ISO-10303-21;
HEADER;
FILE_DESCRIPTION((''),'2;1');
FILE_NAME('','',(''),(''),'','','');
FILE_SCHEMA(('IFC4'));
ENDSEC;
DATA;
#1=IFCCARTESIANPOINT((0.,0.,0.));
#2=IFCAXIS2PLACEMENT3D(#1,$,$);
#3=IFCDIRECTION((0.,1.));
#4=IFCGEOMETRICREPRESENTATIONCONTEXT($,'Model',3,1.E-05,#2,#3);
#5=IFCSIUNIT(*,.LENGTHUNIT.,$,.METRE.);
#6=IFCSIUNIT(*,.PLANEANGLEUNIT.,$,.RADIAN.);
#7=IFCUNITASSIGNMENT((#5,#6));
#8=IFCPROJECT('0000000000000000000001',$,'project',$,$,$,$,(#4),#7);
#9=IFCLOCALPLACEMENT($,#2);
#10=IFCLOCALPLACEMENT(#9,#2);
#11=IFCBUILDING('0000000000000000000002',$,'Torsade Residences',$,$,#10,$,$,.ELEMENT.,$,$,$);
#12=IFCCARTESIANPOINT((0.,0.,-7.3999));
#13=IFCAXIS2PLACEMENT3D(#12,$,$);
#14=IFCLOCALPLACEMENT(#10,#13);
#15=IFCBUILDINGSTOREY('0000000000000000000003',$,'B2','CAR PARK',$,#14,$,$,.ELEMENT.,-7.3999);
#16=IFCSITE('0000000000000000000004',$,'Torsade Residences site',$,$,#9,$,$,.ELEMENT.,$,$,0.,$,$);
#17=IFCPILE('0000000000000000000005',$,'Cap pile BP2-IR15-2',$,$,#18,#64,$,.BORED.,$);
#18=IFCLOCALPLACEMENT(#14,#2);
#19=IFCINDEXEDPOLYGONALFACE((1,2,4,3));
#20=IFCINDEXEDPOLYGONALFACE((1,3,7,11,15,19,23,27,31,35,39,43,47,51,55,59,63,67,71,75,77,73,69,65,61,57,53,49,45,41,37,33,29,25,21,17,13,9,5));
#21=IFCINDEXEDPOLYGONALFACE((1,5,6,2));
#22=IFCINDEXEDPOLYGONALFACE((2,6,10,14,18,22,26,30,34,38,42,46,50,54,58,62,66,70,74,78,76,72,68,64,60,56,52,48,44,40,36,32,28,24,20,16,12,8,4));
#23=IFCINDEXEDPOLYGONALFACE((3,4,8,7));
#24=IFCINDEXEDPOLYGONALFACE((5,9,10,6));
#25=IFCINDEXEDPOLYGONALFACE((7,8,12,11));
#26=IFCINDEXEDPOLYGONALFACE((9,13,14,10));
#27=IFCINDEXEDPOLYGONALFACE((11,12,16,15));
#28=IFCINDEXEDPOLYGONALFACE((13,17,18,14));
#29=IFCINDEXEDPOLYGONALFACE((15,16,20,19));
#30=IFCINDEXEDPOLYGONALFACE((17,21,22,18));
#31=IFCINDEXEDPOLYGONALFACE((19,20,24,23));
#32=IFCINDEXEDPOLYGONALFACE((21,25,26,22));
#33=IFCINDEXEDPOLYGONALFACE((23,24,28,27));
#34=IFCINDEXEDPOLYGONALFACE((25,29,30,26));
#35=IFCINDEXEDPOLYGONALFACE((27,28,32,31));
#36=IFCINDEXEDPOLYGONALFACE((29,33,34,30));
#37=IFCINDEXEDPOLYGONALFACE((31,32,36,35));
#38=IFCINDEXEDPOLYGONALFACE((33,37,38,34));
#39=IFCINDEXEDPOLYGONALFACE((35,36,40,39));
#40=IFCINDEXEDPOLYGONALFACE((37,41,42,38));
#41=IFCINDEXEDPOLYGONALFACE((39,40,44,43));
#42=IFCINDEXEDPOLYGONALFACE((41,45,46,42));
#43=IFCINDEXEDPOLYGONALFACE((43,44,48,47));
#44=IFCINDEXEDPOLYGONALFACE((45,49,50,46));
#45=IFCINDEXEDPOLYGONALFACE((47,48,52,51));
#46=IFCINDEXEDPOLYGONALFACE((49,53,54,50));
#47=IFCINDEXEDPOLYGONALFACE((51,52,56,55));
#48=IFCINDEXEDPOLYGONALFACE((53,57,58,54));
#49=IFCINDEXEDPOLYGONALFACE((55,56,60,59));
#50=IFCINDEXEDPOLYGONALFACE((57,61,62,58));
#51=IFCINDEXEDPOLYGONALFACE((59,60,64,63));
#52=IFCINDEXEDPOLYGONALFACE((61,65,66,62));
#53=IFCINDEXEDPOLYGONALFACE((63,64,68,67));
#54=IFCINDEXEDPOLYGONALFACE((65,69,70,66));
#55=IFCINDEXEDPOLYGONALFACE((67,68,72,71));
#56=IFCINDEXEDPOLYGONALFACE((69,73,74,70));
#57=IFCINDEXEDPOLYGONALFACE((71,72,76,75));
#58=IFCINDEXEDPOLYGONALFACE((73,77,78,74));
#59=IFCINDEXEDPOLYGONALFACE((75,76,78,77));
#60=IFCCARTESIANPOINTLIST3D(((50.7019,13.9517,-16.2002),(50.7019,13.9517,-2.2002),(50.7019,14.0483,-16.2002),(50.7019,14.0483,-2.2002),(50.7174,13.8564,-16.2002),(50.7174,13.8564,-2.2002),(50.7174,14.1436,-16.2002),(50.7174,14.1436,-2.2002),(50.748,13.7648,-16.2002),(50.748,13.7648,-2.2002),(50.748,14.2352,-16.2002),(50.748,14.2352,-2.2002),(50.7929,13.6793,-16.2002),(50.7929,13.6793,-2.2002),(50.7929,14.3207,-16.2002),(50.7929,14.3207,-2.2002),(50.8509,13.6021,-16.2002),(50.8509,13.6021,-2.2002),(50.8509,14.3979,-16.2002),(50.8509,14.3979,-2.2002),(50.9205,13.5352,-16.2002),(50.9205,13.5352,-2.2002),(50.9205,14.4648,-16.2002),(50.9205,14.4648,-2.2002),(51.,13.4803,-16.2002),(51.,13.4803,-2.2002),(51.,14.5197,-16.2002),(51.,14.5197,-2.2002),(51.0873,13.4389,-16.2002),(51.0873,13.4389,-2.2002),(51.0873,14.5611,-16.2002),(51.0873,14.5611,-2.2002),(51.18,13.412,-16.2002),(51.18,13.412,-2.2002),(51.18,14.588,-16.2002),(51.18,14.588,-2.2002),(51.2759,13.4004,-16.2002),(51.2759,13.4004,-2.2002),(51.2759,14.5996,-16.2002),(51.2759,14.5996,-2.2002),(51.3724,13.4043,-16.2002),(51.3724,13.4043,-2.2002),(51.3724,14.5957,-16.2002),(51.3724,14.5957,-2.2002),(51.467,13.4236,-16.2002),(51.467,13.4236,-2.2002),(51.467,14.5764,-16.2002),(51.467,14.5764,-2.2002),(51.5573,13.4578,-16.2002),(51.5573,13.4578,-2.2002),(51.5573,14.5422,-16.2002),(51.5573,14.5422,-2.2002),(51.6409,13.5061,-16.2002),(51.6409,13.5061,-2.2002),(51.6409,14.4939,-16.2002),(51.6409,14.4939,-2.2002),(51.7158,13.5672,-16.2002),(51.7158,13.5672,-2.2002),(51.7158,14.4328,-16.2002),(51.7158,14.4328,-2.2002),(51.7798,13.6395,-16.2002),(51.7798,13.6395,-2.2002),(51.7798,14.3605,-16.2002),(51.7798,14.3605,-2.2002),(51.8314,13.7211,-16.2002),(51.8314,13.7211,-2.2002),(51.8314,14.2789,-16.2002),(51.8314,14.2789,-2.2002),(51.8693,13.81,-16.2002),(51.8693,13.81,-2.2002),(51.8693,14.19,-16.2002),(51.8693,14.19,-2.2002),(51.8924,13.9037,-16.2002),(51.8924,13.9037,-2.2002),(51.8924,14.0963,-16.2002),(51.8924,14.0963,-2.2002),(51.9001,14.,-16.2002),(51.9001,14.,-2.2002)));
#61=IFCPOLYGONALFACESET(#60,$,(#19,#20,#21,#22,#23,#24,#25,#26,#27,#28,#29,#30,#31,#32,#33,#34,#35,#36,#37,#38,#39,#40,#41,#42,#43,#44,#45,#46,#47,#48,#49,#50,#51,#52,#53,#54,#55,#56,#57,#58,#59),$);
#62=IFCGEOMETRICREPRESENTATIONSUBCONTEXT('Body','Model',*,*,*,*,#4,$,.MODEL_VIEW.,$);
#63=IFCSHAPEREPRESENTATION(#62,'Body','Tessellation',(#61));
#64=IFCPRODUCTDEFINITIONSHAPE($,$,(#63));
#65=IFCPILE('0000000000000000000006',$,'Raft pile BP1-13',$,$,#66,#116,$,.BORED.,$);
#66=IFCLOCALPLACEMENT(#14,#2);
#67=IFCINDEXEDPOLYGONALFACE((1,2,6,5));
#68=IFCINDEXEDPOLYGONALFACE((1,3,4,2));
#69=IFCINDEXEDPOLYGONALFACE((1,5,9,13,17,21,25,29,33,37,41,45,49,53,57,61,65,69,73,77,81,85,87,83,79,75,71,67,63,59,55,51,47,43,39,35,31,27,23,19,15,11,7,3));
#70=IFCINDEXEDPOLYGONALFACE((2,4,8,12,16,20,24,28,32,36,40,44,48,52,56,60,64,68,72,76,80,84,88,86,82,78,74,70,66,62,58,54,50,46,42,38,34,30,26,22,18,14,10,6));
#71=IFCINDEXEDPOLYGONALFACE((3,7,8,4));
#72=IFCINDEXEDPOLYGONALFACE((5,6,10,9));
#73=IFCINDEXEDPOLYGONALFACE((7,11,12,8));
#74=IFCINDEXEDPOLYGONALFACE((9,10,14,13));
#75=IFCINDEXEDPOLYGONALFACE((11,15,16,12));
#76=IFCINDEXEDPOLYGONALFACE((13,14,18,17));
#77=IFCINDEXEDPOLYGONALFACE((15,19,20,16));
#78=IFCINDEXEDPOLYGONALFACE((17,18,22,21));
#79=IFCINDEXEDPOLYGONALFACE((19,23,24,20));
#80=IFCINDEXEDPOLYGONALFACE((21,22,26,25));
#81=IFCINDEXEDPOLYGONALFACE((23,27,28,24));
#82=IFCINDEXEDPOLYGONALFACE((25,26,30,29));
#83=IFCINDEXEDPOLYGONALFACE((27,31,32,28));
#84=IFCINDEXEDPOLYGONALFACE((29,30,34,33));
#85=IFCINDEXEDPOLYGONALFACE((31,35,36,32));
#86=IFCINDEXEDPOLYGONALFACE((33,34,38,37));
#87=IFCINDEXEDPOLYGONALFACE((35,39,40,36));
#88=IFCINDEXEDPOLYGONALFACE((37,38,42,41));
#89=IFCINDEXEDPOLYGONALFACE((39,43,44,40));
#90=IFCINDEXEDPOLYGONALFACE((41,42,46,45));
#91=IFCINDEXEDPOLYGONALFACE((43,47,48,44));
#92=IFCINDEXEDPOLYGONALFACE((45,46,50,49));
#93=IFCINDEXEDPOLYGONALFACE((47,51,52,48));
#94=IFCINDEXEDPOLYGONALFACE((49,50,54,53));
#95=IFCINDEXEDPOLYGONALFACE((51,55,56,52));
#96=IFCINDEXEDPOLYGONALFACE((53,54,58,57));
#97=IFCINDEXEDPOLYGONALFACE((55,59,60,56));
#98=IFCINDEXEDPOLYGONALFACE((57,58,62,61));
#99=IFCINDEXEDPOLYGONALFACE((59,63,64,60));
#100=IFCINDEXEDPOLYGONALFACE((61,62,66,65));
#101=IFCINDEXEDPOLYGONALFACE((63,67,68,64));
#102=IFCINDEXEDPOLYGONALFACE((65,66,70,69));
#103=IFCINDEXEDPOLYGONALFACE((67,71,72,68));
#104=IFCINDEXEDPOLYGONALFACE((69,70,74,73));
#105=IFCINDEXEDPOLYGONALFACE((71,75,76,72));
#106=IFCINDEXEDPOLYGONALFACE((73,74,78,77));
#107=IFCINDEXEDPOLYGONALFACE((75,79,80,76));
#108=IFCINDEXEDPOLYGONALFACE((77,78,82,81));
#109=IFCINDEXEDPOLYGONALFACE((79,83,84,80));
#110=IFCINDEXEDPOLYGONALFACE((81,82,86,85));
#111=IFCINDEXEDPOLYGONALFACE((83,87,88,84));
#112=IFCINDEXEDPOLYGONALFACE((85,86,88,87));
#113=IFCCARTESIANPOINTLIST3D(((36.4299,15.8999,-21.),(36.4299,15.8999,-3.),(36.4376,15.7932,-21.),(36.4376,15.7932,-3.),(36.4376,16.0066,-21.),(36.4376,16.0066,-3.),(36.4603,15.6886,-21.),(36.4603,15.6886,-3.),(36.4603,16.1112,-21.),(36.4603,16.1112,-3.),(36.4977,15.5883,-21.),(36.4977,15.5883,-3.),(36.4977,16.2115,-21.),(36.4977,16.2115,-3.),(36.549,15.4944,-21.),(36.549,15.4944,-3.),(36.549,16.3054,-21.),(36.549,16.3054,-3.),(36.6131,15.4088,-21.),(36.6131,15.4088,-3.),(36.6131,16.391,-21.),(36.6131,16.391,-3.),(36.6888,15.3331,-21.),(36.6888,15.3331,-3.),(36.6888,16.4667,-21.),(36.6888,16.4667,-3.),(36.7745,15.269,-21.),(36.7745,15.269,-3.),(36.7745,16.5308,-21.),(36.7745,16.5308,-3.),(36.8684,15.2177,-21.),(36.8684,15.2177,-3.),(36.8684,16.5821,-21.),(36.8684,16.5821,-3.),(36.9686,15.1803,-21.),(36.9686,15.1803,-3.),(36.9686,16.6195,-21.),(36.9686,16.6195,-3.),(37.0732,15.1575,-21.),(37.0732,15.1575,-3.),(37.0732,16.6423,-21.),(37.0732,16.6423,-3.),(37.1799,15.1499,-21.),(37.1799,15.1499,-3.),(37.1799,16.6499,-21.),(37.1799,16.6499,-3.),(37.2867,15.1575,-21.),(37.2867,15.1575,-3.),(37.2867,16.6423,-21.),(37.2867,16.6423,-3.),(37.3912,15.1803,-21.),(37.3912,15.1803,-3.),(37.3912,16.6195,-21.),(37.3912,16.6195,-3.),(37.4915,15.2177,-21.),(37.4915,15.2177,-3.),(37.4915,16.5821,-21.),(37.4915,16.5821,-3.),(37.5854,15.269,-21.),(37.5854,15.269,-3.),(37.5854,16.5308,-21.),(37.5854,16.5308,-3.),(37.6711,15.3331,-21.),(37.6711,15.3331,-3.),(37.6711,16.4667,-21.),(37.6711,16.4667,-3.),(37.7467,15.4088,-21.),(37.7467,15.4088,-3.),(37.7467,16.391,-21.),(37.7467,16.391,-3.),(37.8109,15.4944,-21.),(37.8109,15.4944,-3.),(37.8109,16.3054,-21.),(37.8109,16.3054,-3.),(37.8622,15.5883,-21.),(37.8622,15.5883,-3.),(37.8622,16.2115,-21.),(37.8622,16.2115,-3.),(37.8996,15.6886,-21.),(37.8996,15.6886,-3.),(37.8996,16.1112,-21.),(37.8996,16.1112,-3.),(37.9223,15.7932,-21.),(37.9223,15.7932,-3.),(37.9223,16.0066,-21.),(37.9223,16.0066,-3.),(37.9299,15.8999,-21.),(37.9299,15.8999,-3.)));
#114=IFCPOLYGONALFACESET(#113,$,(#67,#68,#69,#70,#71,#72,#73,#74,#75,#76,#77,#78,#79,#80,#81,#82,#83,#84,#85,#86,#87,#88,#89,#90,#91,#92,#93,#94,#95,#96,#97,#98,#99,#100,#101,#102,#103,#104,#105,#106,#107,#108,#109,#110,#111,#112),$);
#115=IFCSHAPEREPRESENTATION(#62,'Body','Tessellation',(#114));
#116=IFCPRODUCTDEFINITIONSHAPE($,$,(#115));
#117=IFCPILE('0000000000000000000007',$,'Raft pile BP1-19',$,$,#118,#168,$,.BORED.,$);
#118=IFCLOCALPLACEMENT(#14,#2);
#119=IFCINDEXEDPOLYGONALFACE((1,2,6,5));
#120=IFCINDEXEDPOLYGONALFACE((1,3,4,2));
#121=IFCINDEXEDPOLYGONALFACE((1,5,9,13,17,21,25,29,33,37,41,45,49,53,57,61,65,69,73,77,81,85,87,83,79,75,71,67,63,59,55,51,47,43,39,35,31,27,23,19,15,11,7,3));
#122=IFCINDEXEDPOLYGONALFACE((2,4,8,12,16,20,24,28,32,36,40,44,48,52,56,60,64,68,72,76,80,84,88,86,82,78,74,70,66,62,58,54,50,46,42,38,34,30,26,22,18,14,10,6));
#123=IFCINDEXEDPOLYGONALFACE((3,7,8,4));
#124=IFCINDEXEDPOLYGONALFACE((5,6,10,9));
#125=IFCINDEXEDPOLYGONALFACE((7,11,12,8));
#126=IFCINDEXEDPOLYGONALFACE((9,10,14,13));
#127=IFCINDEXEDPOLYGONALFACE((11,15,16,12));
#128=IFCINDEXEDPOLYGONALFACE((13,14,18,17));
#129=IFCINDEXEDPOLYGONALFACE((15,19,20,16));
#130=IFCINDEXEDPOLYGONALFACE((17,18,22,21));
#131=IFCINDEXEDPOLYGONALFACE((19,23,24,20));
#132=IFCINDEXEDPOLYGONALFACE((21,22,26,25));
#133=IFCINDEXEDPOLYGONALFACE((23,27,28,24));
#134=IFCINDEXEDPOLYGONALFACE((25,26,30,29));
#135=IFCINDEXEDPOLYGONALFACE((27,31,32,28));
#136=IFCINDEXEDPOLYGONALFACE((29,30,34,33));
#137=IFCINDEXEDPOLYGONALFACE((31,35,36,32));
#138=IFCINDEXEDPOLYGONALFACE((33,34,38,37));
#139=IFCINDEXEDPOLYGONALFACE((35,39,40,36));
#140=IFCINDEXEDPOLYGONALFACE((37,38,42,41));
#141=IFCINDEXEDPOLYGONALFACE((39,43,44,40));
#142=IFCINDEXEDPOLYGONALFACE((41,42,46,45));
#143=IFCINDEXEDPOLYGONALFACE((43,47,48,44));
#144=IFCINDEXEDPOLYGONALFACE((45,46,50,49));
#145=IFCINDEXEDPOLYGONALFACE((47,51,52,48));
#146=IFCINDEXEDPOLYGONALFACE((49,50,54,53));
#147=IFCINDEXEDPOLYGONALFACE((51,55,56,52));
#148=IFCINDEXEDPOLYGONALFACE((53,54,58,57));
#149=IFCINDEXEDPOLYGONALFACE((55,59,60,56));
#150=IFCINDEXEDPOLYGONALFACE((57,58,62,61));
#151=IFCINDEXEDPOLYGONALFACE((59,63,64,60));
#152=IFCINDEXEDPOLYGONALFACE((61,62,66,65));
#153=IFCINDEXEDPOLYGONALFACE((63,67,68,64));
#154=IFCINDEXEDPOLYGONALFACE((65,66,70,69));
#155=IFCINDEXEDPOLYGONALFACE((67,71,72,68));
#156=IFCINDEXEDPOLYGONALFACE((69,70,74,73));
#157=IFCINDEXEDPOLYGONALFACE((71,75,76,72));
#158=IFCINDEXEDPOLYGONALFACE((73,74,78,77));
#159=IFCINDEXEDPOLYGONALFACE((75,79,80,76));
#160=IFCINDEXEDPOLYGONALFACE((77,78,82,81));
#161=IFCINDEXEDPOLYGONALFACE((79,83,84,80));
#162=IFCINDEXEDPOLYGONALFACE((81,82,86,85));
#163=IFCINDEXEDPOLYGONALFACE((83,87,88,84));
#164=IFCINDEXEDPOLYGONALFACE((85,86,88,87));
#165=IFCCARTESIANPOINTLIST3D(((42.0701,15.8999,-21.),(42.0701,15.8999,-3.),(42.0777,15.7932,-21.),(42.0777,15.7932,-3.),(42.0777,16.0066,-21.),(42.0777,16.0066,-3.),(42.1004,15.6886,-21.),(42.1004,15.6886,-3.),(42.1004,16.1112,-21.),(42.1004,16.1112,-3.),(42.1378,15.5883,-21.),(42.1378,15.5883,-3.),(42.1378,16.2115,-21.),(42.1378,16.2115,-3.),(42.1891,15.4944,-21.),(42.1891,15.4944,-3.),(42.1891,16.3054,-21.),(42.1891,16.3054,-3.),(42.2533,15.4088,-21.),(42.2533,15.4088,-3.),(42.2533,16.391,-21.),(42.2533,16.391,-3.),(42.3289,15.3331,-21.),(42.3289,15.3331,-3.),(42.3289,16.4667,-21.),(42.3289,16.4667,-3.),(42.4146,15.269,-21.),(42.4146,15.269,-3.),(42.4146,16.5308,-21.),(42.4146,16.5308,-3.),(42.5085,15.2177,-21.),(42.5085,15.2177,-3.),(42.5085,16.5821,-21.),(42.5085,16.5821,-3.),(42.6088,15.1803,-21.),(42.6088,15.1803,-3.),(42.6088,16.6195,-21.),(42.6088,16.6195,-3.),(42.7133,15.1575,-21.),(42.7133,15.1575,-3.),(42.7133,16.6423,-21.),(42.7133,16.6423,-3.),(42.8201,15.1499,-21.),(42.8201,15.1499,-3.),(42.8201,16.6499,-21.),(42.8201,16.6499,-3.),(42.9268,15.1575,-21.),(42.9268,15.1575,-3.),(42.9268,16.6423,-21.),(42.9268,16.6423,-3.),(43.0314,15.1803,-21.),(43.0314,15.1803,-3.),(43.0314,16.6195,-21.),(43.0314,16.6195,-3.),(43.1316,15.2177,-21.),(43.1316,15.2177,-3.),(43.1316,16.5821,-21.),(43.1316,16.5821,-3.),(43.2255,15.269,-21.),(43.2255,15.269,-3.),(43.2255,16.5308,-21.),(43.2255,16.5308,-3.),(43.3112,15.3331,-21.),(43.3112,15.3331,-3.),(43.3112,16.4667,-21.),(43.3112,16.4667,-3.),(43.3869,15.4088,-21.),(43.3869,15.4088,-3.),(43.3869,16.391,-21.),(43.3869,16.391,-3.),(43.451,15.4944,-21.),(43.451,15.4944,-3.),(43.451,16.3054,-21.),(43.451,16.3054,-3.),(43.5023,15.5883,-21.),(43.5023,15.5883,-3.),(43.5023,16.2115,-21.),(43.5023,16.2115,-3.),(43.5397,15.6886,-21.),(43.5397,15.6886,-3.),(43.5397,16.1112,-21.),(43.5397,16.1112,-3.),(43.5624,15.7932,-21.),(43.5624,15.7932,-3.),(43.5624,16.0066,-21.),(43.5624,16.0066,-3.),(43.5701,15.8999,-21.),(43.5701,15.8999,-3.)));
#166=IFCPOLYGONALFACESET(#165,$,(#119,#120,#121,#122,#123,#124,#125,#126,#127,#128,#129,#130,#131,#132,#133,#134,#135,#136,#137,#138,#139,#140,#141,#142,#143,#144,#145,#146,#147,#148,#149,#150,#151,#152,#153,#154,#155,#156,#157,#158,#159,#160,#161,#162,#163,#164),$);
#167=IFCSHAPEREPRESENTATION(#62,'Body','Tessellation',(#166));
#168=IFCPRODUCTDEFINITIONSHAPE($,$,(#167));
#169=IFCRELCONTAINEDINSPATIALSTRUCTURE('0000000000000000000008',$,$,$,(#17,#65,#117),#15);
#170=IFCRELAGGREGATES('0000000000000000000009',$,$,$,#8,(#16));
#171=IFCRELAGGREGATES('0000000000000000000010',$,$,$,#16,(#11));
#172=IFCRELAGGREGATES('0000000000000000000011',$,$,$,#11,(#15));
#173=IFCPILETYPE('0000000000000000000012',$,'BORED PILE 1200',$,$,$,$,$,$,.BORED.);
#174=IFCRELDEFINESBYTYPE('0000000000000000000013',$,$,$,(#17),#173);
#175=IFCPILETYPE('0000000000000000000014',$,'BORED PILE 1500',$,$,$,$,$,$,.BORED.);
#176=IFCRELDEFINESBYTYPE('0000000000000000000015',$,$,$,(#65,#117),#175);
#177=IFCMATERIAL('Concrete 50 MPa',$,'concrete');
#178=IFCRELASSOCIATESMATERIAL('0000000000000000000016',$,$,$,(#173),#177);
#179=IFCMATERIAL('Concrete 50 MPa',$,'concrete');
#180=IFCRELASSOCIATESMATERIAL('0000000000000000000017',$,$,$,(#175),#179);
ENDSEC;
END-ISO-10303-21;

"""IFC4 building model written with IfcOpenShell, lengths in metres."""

from ifc_helpers import new_model, si_unit, direction, frame, origin, origin_2d, place, context, subcontext, project, spatial, circle, extrude, material, type_object, element, save


model = new_model("IFC4")

# Units and contexts
model_context = context("Model", 3, precision=1e-05, world=origin(), true_north=direction((0.0, 1.0)))
body_context = subcontext(model_context, "Body", "Model", "MODEL_VIEW")
ifc_project = project(units=[si_unit("LENGTHUNIT", "METRE"), si_unit("PLANEANGLEUNIT", "RADIAN")], contexts=[model_context])

# Site, building, storey
site_placement = place(None, origin())
site = spatial("IfcSite", under=ifc_project, at=site_placement, Name="Torsade Residences site", CompositionType="ELEMENT", RefElevation=0.0)
building_placement = place(site_placement, origin())
building = spatial("IfcBuilding", under=site, at=building_placement, Name="Torsade Residences", CompositionType="ELEMENT")
storey_placement = place(building_placement, frame((0.0, 0.0, -7.3999)))
storey = spatial("IfcBuildingStorey", under=building, at=storey_placement, Name="B2", Description="CAR PARK", CompositionType="ELEMENT", Elevation=-7.3999)

# Piles
ifc_material_1 = material(Name="Concrete 50 MPa", Category="concrete")
pile_type_1 = type_object("IfcPileType", Name="BORED PILE 1200", PredefinedType="BORED", material=ifc_material_1)
for number, where, z_axis, x_axis, name in (
    (1, (51.3, 14.0, -2.2002), (0.0, 0.0, -1.0), (1.0, 0.0, 0.0), "Cap pile BP2-IR15-2"),
):
    element("IfcPile", number, at=place(storey_placement, frame(where, z_axis=z_axis, x_axis=x_axis)), inside=storey, type_object=pile_type_1, Name=name, PredefinedType="BORED", context=body_context, shape_type="SweptSolid", body=[
        extrude(circle(Radius=0.6001, at=origin_2d()), origin(), (0.0, 0.0, 1.0), 14.0),
    ])
ifc_material_2 = material(Name="Concrete 50 MPa", Category="concrete")
pile_type_2 = type_object("IfcPileType", Name="BORED PILE 1500", PredefinedType="BORED", material=ifc_material_2)
for number, where, z_axis, x_axis, name in (
    (2, (37.1799, 15.8999, -3.0), (0.0, 0.0, -1.0), (1.0, 0.0, 0.0), "Raft pile BP1-13"),
    (3, (42.8201, 15.8999, -3.0), (0.0, 0.0, -1.0), (1.0, 0.0, 0.0), "Raft pile BP1-19"),
):
    element("IfcPile", number, at=place(storey_placement, frame(where, z_axis=z_axis, x_axis=x_axis)), inside=storey, type_object=pile_type_2, Name=name, PredefinedType="BORED", context=body_context, shape_type="SweptSolid", body=[
        extrude(circle(Radius=0.75, at=origin_2d()), origin(), (0.0, 0.0, 1.0), 18.0),
    ])

save(model, "model.ifc")
